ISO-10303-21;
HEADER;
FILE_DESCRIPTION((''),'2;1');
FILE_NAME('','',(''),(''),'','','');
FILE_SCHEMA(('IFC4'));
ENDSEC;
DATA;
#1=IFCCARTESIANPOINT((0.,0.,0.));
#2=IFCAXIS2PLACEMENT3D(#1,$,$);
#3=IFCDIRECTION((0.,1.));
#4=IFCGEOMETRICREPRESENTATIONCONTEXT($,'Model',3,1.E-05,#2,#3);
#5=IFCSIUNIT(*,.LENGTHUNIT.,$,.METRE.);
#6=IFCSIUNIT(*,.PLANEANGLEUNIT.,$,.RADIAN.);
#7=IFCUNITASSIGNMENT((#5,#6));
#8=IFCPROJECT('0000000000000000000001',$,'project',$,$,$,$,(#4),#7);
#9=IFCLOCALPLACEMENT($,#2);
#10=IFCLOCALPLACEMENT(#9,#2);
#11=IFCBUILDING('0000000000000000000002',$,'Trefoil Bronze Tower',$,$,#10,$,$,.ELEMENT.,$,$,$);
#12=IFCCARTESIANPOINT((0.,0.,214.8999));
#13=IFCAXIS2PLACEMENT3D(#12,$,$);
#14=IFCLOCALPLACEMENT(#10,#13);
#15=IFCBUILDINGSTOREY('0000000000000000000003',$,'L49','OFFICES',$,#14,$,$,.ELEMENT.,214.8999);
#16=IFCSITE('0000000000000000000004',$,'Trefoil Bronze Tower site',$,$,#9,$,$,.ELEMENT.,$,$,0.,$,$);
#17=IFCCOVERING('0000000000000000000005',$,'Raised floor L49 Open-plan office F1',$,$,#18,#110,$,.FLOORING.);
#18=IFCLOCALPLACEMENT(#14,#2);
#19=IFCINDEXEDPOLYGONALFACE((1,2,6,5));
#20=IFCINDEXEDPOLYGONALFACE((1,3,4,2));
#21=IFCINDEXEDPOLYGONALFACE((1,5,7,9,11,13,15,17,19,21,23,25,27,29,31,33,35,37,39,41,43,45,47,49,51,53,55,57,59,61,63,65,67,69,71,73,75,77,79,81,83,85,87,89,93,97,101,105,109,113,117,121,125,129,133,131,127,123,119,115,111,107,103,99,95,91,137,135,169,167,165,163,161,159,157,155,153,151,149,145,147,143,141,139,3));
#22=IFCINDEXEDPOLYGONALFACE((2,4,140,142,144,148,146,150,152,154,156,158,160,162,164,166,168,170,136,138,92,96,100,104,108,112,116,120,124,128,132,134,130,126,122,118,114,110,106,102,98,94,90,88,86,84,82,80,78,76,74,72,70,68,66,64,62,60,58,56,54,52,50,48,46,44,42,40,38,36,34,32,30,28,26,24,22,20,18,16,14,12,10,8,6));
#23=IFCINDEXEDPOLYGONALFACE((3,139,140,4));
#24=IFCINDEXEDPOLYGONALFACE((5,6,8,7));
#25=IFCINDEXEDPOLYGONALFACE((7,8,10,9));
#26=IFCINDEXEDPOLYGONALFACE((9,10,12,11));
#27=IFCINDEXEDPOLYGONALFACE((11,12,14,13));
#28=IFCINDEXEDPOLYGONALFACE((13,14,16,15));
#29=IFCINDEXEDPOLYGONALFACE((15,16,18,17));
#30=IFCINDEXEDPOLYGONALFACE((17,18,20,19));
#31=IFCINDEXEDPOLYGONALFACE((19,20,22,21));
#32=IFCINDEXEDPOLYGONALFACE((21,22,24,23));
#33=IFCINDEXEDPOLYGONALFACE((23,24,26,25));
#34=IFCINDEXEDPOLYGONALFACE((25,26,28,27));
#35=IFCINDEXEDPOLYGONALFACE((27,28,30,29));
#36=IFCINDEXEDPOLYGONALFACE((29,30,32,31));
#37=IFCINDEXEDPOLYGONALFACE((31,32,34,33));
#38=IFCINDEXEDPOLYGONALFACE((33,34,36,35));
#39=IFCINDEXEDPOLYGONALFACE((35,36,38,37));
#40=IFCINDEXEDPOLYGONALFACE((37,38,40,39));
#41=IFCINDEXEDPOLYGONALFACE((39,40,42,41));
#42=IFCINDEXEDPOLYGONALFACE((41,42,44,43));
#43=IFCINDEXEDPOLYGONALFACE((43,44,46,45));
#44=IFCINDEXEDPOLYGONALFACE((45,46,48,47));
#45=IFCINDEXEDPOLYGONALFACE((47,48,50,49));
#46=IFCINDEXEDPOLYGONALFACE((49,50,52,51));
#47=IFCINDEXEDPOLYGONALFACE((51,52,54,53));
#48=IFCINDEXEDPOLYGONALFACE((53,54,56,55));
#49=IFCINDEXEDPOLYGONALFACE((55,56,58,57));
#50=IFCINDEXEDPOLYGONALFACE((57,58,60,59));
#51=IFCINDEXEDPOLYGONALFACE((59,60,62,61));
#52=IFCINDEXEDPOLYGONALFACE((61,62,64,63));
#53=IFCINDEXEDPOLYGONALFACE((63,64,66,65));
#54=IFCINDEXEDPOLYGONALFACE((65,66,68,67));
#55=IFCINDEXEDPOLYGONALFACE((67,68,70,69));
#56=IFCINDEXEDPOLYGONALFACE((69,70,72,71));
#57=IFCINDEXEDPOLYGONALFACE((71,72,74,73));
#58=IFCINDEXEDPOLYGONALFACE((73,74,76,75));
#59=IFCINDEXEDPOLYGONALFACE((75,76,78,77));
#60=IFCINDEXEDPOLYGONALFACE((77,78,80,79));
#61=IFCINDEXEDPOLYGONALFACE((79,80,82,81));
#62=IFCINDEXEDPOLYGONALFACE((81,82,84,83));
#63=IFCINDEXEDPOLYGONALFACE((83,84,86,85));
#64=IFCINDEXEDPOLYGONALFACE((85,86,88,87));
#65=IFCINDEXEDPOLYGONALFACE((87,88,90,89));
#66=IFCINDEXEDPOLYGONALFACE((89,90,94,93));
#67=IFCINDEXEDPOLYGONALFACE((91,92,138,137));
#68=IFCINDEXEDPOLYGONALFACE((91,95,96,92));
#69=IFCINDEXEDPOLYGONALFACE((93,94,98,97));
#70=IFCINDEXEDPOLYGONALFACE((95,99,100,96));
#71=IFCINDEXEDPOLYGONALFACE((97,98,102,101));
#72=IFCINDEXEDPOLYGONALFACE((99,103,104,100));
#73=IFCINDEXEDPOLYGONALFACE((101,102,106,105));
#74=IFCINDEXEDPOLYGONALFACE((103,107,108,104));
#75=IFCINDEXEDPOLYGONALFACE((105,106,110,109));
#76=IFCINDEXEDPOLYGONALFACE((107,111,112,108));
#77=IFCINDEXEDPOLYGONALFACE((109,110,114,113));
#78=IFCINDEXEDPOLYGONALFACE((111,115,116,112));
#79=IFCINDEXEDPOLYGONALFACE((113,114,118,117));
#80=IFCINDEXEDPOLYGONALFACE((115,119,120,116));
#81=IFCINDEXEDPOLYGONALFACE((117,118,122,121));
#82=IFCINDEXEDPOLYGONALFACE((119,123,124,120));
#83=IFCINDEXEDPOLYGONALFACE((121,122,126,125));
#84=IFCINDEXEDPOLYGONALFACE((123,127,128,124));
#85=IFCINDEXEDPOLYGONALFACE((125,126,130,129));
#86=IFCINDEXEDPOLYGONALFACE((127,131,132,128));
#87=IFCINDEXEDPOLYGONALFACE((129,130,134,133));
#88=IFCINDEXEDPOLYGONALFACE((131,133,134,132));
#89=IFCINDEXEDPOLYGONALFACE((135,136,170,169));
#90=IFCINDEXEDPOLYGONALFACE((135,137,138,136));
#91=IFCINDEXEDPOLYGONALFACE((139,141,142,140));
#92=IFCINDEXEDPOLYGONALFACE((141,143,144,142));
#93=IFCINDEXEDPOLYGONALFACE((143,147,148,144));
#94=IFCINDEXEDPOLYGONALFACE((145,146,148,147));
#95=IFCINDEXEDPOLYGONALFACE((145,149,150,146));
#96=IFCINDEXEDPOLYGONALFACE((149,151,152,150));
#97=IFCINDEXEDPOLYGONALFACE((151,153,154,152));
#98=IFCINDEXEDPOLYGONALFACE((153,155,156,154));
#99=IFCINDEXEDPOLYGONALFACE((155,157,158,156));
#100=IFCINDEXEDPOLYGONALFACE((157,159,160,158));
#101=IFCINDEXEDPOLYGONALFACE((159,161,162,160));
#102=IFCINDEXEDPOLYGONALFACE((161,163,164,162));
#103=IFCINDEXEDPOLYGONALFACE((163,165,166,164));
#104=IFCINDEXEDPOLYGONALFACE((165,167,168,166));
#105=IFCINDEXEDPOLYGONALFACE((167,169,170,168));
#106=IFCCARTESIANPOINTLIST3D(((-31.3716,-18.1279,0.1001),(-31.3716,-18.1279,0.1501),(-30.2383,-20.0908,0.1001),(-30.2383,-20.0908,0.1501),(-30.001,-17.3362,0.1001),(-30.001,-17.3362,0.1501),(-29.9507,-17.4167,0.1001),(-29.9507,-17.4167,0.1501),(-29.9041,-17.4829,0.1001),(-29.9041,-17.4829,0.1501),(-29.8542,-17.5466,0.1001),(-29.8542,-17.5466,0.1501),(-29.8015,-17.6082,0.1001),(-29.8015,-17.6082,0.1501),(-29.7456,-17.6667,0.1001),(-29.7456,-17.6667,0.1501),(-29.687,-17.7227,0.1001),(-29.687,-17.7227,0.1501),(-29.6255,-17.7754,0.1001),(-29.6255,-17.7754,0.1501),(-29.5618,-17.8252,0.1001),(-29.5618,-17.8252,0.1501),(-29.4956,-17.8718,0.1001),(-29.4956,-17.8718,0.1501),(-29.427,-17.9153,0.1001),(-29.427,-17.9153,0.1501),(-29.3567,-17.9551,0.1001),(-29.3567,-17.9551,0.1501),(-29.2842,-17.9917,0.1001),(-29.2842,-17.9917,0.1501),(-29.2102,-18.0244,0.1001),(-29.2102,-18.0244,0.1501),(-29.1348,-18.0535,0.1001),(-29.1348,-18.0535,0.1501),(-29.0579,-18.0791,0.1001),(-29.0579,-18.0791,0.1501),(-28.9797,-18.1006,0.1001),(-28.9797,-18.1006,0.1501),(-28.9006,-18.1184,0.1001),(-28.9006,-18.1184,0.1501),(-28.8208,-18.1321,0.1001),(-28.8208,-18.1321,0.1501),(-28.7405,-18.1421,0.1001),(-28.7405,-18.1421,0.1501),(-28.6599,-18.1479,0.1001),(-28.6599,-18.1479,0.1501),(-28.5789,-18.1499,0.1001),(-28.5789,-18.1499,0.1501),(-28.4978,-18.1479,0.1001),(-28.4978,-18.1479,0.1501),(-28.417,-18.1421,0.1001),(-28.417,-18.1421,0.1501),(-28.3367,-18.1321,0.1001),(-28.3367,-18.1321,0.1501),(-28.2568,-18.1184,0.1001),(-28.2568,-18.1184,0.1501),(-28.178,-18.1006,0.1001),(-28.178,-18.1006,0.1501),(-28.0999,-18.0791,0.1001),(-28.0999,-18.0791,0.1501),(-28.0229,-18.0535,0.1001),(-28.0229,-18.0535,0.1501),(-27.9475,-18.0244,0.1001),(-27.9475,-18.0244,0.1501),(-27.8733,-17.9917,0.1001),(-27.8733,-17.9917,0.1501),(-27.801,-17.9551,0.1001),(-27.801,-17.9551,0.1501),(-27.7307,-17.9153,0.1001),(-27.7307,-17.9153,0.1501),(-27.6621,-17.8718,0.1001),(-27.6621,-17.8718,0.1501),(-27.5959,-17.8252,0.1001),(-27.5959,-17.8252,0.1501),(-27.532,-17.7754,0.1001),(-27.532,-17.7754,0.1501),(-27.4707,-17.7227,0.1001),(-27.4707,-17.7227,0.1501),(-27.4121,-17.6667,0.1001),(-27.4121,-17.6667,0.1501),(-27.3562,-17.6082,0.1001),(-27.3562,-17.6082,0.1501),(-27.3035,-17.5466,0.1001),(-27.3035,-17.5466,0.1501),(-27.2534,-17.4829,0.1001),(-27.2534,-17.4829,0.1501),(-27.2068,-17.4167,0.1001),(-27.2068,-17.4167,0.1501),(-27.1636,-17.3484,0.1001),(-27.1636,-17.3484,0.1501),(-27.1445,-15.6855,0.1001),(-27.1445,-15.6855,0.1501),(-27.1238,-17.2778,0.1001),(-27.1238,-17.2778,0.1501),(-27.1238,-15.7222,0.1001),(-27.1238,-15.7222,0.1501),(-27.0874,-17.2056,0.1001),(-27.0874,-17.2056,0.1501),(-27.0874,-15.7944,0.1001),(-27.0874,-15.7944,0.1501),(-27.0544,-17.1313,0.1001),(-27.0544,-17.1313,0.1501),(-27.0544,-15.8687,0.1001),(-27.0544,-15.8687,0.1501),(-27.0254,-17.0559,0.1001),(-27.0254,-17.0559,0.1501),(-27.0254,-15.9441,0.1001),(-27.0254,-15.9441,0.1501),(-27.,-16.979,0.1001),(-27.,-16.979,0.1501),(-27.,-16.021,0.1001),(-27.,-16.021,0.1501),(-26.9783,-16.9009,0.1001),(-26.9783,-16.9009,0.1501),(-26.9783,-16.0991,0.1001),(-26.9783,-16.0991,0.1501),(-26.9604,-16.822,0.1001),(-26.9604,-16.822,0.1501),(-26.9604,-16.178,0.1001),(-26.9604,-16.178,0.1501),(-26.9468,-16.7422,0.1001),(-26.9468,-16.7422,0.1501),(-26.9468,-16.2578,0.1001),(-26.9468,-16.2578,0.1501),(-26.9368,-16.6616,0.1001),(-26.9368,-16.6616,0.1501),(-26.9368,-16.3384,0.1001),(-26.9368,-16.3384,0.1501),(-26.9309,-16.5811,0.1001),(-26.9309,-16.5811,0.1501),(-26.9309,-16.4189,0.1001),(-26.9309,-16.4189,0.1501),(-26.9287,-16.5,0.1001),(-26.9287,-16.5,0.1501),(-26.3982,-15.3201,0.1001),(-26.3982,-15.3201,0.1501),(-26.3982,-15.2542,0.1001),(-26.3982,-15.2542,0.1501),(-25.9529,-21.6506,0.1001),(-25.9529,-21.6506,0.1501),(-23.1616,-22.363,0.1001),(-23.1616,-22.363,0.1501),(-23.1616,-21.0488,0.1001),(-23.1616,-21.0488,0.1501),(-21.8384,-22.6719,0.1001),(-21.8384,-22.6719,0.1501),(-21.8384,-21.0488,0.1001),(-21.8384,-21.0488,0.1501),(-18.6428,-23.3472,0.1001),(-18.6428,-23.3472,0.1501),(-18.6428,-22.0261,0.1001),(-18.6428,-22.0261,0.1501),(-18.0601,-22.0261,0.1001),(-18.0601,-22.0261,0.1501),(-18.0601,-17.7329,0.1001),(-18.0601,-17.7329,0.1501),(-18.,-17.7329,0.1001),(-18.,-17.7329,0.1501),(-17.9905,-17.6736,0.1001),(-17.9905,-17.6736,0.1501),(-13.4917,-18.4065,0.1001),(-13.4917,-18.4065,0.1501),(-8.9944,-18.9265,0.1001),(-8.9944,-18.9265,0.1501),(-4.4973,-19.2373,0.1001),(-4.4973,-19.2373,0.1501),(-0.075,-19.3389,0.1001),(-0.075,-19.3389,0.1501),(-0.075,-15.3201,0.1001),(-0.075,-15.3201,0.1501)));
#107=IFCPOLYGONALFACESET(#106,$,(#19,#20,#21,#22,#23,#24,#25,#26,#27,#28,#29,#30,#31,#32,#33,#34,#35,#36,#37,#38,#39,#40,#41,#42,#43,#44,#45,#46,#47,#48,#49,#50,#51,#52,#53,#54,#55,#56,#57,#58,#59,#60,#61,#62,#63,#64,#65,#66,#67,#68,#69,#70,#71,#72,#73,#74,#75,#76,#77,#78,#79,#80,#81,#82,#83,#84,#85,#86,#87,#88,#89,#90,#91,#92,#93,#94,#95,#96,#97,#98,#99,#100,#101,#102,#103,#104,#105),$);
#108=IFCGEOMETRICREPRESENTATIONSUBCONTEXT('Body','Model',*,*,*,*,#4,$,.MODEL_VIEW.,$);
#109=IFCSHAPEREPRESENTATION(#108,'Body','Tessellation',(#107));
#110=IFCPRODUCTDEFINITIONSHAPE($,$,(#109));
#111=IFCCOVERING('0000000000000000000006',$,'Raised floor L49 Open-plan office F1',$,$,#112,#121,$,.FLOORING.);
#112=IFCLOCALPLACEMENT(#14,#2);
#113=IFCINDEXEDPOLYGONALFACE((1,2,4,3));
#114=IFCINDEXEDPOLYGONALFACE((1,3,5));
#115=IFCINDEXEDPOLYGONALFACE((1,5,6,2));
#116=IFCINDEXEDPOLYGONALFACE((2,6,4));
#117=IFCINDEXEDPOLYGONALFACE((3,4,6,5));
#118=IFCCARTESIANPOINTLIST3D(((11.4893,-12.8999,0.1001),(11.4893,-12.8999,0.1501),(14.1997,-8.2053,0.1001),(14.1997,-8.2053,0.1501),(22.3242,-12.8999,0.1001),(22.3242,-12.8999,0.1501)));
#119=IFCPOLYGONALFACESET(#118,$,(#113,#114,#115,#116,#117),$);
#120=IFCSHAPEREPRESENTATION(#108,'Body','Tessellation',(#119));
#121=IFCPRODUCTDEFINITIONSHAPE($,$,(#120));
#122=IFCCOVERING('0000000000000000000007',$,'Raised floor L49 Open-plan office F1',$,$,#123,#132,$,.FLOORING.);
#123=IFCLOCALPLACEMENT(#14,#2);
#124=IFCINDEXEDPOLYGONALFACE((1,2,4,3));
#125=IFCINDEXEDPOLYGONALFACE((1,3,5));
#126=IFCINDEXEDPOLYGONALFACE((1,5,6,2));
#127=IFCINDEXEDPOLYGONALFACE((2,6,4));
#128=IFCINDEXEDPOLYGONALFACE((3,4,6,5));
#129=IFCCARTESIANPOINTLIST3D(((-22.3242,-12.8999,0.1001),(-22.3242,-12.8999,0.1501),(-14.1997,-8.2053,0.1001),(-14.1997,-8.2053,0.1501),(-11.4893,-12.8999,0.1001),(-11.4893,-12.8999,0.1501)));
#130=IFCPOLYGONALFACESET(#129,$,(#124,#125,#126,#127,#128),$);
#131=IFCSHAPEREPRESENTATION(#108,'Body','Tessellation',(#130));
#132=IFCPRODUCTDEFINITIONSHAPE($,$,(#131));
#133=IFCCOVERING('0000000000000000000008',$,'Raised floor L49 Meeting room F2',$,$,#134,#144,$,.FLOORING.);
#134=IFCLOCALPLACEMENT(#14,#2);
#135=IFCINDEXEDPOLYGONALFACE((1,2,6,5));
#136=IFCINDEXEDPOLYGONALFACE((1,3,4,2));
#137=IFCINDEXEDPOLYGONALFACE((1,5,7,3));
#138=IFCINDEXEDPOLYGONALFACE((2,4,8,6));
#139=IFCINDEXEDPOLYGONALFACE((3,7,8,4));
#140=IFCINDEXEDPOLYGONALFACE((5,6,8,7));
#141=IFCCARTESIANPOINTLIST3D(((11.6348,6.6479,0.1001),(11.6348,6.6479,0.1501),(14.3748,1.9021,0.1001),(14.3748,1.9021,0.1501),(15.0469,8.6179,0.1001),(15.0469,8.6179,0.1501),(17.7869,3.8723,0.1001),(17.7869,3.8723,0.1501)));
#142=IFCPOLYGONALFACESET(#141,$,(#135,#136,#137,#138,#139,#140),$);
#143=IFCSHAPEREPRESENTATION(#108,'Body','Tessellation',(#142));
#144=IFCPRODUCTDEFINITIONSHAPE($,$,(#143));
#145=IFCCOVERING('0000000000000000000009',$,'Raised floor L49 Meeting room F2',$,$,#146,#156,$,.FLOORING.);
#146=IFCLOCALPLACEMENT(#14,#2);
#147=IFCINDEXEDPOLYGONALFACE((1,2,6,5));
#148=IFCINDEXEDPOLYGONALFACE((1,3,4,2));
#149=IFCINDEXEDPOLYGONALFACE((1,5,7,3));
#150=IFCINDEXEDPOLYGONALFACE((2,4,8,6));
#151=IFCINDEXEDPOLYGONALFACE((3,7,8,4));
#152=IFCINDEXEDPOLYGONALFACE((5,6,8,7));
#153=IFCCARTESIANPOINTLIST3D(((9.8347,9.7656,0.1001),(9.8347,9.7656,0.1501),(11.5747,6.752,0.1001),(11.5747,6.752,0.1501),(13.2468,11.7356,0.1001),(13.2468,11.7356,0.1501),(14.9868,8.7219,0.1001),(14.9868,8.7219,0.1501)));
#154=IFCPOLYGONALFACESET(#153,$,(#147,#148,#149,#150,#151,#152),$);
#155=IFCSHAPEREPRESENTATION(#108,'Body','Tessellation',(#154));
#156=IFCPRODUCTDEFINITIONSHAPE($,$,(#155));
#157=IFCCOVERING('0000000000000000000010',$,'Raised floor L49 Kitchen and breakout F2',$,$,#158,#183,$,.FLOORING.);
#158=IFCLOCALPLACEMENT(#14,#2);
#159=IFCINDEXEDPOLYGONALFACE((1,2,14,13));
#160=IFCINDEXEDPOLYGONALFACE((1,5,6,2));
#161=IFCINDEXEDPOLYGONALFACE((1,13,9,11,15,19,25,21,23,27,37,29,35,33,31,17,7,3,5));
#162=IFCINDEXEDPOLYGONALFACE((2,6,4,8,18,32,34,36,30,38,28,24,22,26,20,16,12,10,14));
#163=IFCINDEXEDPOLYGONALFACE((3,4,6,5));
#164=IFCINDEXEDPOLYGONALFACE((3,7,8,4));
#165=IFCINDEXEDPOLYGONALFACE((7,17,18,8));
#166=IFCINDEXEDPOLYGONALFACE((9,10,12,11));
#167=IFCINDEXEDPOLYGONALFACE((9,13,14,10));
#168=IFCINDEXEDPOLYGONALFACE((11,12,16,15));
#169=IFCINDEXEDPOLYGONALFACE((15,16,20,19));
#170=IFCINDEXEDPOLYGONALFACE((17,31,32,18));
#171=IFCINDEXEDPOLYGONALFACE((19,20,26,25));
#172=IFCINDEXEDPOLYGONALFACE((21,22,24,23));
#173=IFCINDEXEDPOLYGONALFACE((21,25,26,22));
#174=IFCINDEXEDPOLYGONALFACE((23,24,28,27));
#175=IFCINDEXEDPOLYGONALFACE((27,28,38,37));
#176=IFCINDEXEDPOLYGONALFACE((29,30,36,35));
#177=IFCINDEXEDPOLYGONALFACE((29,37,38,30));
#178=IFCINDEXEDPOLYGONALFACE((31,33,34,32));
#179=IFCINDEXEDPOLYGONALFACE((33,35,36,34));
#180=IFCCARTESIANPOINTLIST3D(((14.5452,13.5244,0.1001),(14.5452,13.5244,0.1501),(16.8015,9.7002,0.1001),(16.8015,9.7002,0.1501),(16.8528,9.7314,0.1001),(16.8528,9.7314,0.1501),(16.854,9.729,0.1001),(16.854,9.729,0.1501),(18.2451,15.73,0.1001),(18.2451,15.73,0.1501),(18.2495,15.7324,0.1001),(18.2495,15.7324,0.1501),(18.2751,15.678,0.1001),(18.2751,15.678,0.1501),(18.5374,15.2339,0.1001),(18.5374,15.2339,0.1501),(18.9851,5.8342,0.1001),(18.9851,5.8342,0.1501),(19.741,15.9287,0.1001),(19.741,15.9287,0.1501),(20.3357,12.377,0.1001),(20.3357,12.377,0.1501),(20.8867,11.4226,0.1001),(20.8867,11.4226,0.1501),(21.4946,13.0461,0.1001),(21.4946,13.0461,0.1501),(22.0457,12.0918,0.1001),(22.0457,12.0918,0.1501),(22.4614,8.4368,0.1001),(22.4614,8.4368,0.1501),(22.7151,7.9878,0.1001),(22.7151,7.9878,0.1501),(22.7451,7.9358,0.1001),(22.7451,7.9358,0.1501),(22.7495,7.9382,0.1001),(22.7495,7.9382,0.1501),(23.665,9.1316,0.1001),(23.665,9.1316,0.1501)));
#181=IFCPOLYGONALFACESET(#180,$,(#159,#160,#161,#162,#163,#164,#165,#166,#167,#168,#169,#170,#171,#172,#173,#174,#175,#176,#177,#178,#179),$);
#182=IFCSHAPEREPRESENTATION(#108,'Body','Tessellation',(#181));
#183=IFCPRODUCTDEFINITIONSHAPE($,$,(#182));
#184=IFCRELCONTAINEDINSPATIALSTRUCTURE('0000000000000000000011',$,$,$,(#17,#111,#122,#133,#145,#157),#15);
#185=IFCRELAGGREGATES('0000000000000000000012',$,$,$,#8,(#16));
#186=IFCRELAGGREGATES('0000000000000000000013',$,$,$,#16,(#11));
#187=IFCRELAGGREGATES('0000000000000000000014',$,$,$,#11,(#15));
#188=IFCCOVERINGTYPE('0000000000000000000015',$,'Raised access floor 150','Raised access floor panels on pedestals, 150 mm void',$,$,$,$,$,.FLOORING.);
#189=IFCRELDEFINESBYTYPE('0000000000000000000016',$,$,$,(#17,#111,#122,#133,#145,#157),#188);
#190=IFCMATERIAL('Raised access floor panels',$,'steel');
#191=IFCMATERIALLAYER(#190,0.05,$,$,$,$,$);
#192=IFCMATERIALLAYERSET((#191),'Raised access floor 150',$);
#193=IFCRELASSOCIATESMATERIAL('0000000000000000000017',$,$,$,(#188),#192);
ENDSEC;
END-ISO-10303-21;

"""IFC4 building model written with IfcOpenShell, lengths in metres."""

from ifc_helpers import new_model, si_unit, direction, frame, origin, place, context, subcontext, project, spatial, polyline, outline, extrude, material, layer, layer_set, type_object, element, save


model = new_model("IFC4")

# Units and contexts
model_context = context("Model", 3, precision=1e-05, world=origin(), true_north=direction((0.0, 1.0)))
body_context = subcontext(model_context, "Body", "Model", "MODEL_VIEW")
ifc_project = project(units=[si_unit("LENGTHUNIT", "METRE"), si_unit("PLANEANGLEUNIT", "RADIAN")], contexts=[model_context])

# Site, building, storey
site_placement = place(None, origin())
site = spatial("IfcSite", under=ifc_project, at=site_placement, Name="Trefoil Bronze Tower site", CompositionType="ELEMENT", RefElevation=0.0)
building_placement = place(site_placement, origin())
building = spatial("IfcBuilding", under=site, at=building_placement, Name="Trefoil Bronze Tower", CompositionType="ELEMENT")
storey_placement = place(building_placement, frame((0.0, 0.0, 214.8999)))
storey = spatial("IfcBuildingStorey", under=building, at=storey_placement, Name="L49", Description="OFFICES", CompositionType="ELEMENT", Elevation=214.8999)

# Coverings
ifc_material_1 = material(Name="Raised access floor panels", Category="steel")
ifc_layer_1 = layer(ifc_material_1, 0.05)
ifc_layer_set_1 = layer_set([ifc_layer_1], Name="Raised access floor 150")
covering_type_1 = type_object("IfcCoveringType", Name="Raised access floor 150", Description="Raised access floor panels on pedestals, 150 mm void", PredefinedType="FLOORING", material=ifc_layer_set_1)
covering_1_placement = place(storey_placement, frame((0.0, 0.0, 0.1001)))
element("IfcCovering", 1, at=covering_1_placement, inside=storey, type_object=covering_type_1, Name="Raised floor L49 Open-plan office F1", PredefinedType="FLOORING", context=body_context, shape_type="SweptSolid", body=[
    extrude(outline(polyline([(-27.0254, -15.9441), (-27.0544, -15.8687), (-27.0874, -15.7944), (-27.1238, -15.7222), (-27.1445, -15.6855), (-26.3982, -15.2542), (-26.3982, -15.3201), (-0.075, -15.3201), (-0.075, -19.3389), (-4.4973, -19.2373), (-8.9944, -18.9265), (-13.4917, -18.4065), (-17.9905, -17.6736), (-18.0, -17.7329), (-18.0601, -17.7329), (-18.0601, -22.0261), (-18.6428, -22.0261), (-18.6428, -23.3472), (-21.8384, -22.6719), (-21.8384, -21.0488), (-23.1616, -21.0488), (-23.1616, -22.363), (-25.9529, -21.6506), (-30.2383, -20.0908), (-31.3716, -18.1279), (-30.001, -17.3362), (-29.9507, -17.4167), (-29.9041, -17.4829), (-29.8542, -17.5466), (-29.8015, -17.6082), (-29.7456, -17.6667), (-29.687, -17.7227), (-29.6255, -17.7754), (-29.5618, -17.8252), (-29.4956, -17.8718), (-29.427, -17.9153), (-29.3567, -17.9551), (-29.2842, -17.9917), (-29.2102, -18.0244), (-29.1348, -18.0535), (-29.0579, -18.0791), (-28.9797, -18.1006), (-28.9006, -18.1184), (-28.8208, -18.1321), (-28.7405, -18.1421), (-28.6599, -18.1479), (-28.5789, -18.1499), (-28.4978, -18.1479), (-28.417, -18.1421), (-28.3367, -18.1321), (-28.2568, -18.1184), (-28.178, -18.1006), (-28.0999, -18.0791), (-28.0229, -18.0535), (-27.9475, -18.0244), (-27.8733, -17.9917), (-27.801, -17.9551), (-27.7307, -17.9153), (-27.6621, -17.8718), (-27.5959, -17.8252), (-27.532, -17.7754), (-27.4707, -17.7227), (-27.4121, -17.6667), (-27.3562, -17.6082), (-27.3035, -17.5466), (-27.2534, -17.4829), (-27.2068, -17.4167), (-27.1636, -17.3484), (-27.1238, -17.2778), (-27.0874, -17.2056), (-27.0544, -17.1313), (-27.0254, -17.0559), (-27.0, -16.979), (-26.9783, -16.9009), (-26.9604, -16.822), (-26.9468, -16.7422), (-26.9368, -16.6616), (-26.9309, -16.5811), (-26.9287, -16.5), (-26.9309, -16.4189), (-26.9368, -16.3384), (-26.9468, -16.2578), (-26.9604, -16.178), (-26.9783, -16.0991), (-27.0, -16.021), (-27.0254, -15.9441)])), origin(), (0.0, 0.0, 1.0), 0.05),
])
covering_2_placement = place(storey_placement, frame((0.0, 0.0, 0.1001)))
element("IfcCovering", 2, at=covering_2_placement, inside=storey, type_object=covering_type_1, Name="Raised floor L49 Open-plan office F1", PredefinedType="FLOORING", context=body_context, shape_type="SweptSolid", body=[
    extrude(outline(polyline([(14.1997, -8.2053), (22.3242, -12.8999), (11.4893, -12.8999), (14.1997, -8.2053)])), origin(), (0.0, 0.0, 1.0), 0.05),
])
covering_3_placement = place(storey_placement, frame((0.0, 0.0, 0.1001)))
element("IfcCovering", 3, at=covering_3_placement, inside=storey, type_object=covering_type_1, Name="Raised floor L49 Open-plan office F1", PredefinedType="FLOORING", context=body_context, shape_type="SweptSolid", body=[
    extrude(outline(polyline([(-22.3242, -12.8999), (-14.1997, -8.2053), (-11.4893, -12.8999), (-22.3242, -12.8999)])), origin(), (0.0, 0.0, 1.0), 0.05),
])
covering_4_placement = place(storey_placement, frame((0.0, 0.0, 0.1001)))
element("IfcCovering", 4, at=covering_4_placement, inside=storey, type_object=covering_type_1, Name="Raised floor L49 Meeting room F2", PredefinedType="FLOORING", context=body_context, shape_type="SweptSolid", body=[
    extrude(outline(polyline([(11.6348, 6.6479), (15.0469, 8.6179), (17.7869, 3.8723), (14.3748, 1.9021), (11.6348, 6.6479)])), origin(), (0.0, 0.0, 1.0), 0.05),
])
covering_5_placement = place(storey_placement, frame((0.0, 0.0, 0.1001)))
element("IfcCovering", 5, at=covering_5_placement, inside=storey, type_object=covering_type_1, Name="Raised floor L49 Meeting room F2", PredefinedType="FLOORING", context=body_context, shape_type="SweptSolid", body=[
    extrude(outline(polyline([(9.8347, 9.7656), (13.2468, 11.7356), (14.9868, 8.7219), (11.5747, 6.752), (9.8347, 9.7656)])), origin(), (0.0, 0.0, 1.0), 0.05),
])
covering_6_placement = place(storey_placement, frame((0.0, 0.0, 0.1001)))
element("IfcCovering", 6, at=covering_6_placement, inside=storey, type_object=covering_type_1, Name="Raised floor L49 Kitchen and breakout F2", PredefinedType="FLOORING", context=body_context, shape_type="SweptSolid", body=[
    extrude(outline(polyline([(21.4946, 13.0461), (20.3357, 12.377), (20.8867, 11.4226), (22.0457, 12.0918), (23.665, 9.1316), (22.4614, 8.4368), (22.7495, 7.9382), (22.7451, 7.9358), (22.7151, 7.9878), (18.9851, 5.8342), (16.854, 9.729), (16.8015, 9.7002), (16.8528, 9.7314), (14.5452, 13.5244), (18.2751, 15.678), (18.2451, 15.73), (18.2495, 15.7324), (18.5374, 15.2339), (19.741, 15.9287), (21.4946, 13.0461)])), origin(), (0.0, 0.0, 1.0), 0.05),
])

save(model, "model.ifc")
